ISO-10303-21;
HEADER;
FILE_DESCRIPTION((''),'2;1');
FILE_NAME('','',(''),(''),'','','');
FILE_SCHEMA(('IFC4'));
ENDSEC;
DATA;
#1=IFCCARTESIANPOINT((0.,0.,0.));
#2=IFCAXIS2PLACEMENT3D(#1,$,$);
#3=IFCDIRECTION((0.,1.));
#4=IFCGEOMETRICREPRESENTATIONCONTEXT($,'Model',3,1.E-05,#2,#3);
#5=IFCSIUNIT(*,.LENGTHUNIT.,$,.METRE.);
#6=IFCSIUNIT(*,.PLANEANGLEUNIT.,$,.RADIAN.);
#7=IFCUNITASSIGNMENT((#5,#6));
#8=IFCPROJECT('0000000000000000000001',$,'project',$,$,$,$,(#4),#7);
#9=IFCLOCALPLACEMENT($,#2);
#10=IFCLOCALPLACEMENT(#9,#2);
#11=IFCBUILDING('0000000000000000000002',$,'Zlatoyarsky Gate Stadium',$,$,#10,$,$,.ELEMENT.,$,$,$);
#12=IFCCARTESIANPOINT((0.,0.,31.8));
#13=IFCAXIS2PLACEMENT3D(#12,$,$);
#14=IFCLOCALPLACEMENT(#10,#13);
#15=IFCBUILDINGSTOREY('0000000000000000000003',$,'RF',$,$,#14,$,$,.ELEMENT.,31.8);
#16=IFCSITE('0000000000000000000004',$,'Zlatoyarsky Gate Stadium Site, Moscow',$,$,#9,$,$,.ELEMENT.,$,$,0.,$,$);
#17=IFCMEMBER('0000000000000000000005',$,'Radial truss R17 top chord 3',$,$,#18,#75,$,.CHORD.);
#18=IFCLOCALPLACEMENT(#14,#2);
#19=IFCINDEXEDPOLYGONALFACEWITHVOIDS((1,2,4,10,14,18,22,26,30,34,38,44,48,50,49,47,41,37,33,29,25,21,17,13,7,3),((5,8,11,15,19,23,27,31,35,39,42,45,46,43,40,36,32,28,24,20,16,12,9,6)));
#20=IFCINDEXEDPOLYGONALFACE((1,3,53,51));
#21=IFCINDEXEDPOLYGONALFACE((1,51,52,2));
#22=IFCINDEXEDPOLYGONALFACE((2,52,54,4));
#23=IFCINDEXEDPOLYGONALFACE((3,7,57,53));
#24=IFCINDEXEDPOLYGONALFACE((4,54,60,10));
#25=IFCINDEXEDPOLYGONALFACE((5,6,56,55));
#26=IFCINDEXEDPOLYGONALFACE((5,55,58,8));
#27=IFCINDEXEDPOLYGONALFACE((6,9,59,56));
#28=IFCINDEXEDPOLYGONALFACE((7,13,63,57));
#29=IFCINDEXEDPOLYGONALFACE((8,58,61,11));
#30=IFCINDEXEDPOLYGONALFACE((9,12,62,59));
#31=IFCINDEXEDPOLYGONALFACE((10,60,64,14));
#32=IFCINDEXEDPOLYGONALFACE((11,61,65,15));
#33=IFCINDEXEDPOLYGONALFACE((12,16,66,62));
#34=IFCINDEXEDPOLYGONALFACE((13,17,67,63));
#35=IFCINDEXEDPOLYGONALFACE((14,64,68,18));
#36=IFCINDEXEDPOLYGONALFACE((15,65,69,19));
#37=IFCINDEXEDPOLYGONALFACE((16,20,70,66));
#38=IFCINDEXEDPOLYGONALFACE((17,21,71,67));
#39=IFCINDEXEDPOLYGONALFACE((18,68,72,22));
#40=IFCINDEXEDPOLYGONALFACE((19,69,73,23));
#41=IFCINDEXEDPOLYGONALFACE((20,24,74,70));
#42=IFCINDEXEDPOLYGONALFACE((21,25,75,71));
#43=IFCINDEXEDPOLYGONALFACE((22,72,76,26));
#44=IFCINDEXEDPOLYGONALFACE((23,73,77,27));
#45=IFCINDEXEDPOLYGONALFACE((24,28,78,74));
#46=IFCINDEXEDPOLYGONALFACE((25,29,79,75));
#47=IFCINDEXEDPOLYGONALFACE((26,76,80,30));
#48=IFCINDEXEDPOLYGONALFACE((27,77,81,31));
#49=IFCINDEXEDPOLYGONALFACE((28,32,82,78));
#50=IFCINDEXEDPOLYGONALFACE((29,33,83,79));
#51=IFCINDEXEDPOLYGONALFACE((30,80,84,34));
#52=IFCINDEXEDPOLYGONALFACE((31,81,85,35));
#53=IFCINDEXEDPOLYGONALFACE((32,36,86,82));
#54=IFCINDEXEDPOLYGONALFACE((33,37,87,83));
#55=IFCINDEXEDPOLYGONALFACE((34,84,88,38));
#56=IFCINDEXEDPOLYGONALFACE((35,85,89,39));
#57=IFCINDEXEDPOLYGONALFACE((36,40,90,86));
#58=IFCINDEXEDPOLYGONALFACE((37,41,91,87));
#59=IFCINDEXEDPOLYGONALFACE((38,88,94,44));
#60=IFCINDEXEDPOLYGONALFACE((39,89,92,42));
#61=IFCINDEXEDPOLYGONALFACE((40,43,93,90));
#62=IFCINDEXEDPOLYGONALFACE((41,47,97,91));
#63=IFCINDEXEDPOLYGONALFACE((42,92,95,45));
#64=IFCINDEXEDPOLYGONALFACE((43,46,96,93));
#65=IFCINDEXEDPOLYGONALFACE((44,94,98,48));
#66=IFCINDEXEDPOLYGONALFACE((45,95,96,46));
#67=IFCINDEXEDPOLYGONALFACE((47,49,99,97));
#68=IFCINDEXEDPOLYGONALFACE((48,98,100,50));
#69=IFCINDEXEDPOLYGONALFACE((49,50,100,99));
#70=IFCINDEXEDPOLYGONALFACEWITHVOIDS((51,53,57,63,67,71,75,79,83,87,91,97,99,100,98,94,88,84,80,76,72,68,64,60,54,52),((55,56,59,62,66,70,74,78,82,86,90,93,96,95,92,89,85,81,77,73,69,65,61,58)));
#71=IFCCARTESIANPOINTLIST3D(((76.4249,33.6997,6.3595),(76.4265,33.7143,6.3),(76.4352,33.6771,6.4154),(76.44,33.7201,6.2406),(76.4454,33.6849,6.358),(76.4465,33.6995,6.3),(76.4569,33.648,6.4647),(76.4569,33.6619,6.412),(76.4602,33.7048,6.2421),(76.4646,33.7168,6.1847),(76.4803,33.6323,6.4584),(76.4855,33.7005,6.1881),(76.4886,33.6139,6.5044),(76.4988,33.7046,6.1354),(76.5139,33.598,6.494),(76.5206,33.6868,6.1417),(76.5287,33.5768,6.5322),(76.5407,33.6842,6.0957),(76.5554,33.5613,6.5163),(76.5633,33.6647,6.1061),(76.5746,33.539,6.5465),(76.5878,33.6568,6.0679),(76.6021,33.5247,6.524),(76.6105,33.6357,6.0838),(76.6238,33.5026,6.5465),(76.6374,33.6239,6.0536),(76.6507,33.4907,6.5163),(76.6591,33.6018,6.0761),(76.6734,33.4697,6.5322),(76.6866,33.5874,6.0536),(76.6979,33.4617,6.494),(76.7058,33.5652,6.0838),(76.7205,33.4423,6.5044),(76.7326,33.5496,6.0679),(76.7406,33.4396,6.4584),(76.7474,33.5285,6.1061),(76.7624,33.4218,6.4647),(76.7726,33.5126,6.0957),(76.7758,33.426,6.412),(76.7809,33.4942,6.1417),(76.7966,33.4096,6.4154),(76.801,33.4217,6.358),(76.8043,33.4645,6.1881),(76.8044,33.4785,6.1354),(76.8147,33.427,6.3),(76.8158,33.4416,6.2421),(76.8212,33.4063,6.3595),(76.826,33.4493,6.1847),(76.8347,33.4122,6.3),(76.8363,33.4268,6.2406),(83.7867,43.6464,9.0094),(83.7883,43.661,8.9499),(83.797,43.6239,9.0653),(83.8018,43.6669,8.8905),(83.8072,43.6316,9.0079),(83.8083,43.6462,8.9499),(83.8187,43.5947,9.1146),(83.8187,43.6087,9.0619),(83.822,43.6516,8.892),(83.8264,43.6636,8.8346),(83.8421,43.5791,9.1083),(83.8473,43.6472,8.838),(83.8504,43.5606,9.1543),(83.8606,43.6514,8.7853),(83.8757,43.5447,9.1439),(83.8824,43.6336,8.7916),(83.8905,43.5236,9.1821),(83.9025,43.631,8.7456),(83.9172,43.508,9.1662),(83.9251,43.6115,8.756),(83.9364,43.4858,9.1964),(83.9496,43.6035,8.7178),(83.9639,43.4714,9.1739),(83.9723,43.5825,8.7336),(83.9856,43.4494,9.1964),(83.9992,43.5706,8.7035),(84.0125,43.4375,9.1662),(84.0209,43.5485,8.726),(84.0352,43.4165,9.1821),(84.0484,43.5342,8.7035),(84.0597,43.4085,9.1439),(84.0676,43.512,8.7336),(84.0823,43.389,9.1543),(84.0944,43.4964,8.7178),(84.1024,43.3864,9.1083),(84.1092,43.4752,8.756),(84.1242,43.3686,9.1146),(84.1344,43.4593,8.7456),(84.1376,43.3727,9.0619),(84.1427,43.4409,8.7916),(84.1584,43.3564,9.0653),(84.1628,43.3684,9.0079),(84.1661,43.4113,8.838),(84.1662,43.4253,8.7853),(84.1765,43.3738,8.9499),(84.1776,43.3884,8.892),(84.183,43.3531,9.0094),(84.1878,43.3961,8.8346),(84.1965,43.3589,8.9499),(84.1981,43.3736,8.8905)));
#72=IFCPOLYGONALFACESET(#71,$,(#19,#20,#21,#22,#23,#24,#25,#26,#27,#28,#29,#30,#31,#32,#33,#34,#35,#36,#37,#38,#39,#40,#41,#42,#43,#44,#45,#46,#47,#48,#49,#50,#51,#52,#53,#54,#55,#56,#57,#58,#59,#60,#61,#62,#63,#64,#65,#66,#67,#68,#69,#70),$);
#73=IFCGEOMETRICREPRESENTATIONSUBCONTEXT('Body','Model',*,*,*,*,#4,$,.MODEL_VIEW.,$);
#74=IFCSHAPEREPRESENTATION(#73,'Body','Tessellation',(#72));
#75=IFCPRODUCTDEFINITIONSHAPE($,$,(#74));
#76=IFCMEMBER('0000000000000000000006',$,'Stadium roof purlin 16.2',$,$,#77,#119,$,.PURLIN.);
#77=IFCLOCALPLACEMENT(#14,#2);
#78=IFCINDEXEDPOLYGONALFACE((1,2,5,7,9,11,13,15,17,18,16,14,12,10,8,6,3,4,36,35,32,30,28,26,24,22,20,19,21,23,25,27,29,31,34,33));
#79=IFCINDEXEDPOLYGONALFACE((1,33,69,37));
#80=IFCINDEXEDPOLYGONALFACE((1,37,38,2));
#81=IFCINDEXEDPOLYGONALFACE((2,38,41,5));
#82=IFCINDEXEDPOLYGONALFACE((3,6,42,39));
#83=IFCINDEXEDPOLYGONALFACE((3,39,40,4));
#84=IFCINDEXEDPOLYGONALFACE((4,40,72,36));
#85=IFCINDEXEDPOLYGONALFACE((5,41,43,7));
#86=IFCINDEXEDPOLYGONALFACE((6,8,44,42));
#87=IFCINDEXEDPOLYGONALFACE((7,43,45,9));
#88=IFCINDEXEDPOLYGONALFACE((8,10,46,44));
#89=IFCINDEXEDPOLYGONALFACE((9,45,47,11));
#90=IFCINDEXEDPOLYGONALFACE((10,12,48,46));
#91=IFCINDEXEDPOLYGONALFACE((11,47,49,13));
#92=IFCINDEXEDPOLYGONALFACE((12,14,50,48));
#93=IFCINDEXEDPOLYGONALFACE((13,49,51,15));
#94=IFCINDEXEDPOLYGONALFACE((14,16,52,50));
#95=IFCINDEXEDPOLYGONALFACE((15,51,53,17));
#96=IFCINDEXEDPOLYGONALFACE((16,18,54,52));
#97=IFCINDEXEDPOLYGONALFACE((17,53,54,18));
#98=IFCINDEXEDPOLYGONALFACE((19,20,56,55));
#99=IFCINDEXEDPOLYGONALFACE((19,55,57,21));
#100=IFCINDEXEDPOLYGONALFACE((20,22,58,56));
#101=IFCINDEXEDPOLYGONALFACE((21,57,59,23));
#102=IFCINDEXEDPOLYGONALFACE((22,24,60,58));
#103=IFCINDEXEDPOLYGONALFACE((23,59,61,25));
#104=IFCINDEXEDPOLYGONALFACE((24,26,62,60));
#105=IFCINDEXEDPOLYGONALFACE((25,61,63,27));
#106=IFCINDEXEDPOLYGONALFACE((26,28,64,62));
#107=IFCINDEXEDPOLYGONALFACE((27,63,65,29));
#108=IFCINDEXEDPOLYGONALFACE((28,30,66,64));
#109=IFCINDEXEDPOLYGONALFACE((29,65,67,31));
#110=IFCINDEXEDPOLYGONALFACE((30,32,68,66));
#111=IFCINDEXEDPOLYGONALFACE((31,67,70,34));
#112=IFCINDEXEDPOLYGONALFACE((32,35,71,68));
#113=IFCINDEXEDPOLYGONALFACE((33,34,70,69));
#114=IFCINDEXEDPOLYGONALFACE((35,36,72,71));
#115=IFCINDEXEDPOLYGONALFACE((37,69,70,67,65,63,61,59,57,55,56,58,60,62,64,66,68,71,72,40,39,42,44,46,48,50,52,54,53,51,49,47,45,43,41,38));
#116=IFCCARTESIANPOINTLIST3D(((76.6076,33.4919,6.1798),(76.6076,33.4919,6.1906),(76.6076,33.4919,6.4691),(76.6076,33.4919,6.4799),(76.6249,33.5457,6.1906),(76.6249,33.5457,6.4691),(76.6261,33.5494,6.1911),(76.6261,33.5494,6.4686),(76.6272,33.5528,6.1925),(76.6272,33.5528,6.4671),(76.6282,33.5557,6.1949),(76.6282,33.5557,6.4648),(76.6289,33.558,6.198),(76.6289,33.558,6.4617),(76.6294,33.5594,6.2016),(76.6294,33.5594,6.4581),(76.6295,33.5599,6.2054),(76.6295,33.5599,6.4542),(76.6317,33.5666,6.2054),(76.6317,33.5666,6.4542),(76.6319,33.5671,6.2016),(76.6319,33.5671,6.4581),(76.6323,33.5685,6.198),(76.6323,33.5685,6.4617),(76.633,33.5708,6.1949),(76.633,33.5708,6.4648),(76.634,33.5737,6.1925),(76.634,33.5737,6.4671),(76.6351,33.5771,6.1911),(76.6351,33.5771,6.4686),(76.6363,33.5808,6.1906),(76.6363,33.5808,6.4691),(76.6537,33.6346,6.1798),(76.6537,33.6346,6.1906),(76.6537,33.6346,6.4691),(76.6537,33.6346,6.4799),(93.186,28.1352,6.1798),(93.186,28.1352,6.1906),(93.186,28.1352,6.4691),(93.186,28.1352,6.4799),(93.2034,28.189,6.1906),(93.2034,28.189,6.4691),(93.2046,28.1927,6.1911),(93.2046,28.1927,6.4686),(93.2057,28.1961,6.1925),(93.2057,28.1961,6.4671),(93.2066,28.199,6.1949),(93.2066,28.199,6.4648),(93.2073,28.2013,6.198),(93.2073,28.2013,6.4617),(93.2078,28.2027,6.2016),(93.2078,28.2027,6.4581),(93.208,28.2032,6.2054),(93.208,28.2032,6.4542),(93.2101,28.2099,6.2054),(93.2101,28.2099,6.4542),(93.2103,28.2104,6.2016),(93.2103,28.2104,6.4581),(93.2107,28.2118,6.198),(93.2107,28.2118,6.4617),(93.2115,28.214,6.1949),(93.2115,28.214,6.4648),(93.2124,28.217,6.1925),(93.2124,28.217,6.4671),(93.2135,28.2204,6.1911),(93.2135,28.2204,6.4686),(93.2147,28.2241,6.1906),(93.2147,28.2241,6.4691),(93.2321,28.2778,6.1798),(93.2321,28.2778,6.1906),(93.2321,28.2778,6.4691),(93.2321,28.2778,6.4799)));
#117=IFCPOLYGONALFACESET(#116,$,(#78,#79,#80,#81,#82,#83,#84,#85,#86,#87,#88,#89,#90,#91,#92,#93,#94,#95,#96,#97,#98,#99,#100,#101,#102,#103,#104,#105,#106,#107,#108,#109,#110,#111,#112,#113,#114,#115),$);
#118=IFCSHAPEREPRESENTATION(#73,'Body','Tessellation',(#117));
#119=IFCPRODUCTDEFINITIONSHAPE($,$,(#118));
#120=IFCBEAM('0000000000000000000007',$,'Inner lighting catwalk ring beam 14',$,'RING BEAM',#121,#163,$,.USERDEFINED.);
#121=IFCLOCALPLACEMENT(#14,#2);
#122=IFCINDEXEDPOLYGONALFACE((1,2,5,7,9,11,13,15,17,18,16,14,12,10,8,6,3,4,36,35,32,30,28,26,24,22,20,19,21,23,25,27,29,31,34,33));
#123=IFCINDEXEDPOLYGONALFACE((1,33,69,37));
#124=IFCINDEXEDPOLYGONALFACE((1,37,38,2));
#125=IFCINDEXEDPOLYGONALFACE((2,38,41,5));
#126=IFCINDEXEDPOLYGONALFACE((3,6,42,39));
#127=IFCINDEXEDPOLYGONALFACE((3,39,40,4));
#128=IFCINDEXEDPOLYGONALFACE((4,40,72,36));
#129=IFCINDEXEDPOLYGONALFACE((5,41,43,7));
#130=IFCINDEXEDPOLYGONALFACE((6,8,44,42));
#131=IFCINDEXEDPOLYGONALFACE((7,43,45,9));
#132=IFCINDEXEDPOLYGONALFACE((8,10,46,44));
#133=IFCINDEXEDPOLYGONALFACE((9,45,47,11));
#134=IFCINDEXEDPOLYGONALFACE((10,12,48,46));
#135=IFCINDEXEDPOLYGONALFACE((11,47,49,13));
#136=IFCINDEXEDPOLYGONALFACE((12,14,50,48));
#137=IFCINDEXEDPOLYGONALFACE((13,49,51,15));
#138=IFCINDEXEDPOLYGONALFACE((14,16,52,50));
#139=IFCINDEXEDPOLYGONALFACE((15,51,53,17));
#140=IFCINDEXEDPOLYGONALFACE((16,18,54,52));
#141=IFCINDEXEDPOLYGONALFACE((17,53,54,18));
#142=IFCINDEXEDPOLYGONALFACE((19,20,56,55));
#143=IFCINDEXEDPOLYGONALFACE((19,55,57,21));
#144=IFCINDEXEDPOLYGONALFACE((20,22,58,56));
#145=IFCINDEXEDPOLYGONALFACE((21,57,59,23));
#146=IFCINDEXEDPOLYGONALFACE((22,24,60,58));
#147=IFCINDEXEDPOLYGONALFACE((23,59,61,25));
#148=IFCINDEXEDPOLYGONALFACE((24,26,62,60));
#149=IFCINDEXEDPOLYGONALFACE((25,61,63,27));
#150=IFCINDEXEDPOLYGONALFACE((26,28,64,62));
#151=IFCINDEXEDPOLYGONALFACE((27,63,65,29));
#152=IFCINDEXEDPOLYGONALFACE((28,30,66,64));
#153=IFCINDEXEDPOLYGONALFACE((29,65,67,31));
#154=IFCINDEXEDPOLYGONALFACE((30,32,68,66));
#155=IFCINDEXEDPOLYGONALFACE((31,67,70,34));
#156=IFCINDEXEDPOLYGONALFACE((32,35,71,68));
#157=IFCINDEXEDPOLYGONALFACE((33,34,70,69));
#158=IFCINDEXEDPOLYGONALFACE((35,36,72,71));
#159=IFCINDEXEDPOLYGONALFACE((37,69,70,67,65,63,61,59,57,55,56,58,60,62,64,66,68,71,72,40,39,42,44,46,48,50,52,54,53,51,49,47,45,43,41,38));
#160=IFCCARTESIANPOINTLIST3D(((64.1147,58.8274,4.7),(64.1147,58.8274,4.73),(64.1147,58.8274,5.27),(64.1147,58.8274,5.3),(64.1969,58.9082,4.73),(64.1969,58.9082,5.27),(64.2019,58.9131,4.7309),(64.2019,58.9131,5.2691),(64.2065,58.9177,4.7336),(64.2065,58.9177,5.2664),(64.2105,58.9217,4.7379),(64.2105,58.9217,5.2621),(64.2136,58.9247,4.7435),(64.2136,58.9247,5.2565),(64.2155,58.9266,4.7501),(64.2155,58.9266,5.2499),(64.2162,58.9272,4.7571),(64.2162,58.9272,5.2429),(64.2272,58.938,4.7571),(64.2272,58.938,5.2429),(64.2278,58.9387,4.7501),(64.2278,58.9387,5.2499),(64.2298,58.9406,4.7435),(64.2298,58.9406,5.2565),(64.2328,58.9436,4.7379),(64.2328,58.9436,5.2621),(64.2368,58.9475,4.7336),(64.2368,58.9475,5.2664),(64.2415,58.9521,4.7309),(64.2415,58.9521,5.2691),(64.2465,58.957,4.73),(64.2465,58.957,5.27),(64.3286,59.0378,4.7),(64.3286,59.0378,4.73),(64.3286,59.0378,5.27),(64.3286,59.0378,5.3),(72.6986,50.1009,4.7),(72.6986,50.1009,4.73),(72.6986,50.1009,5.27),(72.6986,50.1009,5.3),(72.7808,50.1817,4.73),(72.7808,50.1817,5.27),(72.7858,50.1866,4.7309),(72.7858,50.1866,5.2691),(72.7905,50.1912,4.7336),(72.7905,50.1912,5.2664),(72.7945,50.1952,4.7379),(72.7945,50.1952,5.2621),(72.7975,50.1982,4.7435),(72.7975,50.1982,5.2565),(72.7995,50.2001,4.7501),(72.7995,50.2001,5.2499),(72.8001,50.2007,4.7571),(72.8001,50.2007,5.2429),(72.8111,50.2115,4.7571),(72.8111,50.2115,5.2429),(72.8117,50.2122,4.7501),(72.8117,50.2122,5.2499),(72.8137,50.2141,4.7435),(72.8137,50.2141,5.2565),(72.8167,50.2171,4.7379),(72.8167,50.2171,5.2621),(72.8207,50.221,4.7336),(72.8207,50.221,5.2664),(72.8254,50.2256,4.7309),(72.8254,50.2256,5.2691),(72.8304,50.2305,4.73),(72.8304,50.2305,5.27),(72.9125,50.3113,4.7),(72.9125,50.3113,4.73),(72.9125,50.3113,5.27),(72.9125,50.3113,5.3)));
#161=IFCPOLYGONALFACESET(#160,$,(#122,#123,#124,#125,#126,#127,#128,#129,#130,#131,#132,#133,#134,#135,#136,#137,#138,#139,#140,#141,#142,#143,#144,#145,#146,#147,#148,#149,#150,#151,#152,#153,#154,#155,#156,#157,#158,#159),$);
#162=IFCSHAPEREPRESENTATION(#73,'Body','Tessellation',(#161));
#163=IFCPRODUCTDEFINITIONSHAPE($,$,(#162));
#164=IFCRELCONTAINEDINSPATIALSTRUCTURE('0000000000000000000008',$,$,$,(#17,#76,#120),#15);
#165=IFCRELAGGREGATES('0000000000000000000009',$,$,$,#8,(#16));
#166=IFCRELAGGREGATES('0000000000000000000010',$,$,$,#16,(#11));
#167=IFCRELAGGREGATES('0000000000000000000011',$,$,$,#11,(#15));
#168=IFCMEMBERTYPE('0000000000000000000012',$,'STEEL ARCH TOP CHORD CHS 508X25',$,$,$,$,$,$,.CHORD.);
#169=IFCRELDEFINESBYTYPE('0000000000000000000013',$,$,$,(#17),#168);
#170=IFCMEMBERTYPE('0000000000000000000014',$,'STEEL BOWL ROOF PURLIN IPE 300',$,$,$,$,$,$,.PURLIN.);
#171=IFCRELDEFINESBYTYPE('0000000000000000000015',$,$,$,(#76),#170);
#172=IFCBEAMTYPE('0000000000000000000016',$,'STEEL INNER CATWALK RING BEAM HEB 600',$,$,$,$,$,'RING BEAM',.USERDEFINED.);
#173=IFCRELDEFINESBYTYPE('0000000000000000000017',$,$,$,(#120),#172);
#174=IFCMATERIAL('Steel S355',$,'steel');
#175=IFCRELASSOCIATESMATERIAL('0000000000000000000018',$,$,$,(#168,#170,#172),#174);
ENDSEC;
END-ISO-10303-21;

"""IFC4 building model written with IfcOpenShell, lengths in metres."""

from ifc_helpers import new_model, si_unit, direction, frame, origin, origin_2d, place, context, subcontext, project, spatial, hollow_circle, i_section, extrude, material, material_profile, profile_set, type_object, element, save


model = new_model("IFC4")

# Units and contexts
model_context = context("Model", 3, precision=1e-05, world=origin(), true_north=direction((0.0, 1.0)))
body_context = subcontext(model_context, "Body", "Model", "MODEL_VIEW")
ifc_project = project(units=[si_unit("LENGTHUNIT", "METRE"), si_unit("PLANEANGLEUNIT", "RADIAN")], contexts=[model_context])

# Site, building, storey
site_placement = place(None, origin())
site = spatial("IfcSite", under=ifc_project, at=site_placement, Name="Zlatoyarsky Gate Stadium Site, Moscow", CompositionType="ELEMENT", RefElevation=0.0)
building_placement = place(site_placement, origin())
building = spatial("IfcBuilding", under=site, at=building_placement, Name="Zlatoyarsky Gate Stadium", CompositionType="ELEMENT")
storey_placement = place(building_placement, frame((0.0, 0.0, 31.8)))
storey = spatial("IfcBuildingStorey", under=building, at=storey_placement, Name="RF", CompositionType="ELEMENT", Elevation=31.8)

# Members
ifc_material = material(Name="Steel S355", Category="steel")
ifc_material_profile_1 = material_profile(ifc_material, hollow_circle(Radius=0.2539, WallThickness=0.0249, at=origin_2d()), Name="CHS 508X25")
ifc_profile_set_1 = profile_set([ifc_material_profile_1], Name="Steel S355")
member_type_1 = type_object("IfcMemberType", Name="STEEL ARCH TOP CHORD CHS 508X25", PredefinedType="CHORD", material=ifc_profile_set_1)
member_1_placement = place(storey_placement, frame((76.6306, 33.5632, 6.3), z_axis=(0.581718, 0.785977, 0.209391), x_axis=(-0.803795, 0.594906, 0.0)))
element("IfcMember", 1, at=member_1_placement, inside=storey, type_object=member_type_1, Name="Radial truss R17 top chord 3", PredefinedType="CHORD", context=body_context, shape_type="SweptSolid", body=[
    extrude(hollow_circle(Radius=0.2539, WallThickness=0.0249, at=origin_2d()), origin(), (0.0, 0.0, 1.0), 12.6553),
])
ifc_material_profile_2 = material_profile(ifc_material, i_section(OverallWidth=0.1499, OverallDepth=0.3, WebThickness=0.0071, FlangeThickness=0.0107, FilletRadius=0.0149, at=origin_2d()), Name="IPE 300")
ifc_profile_set_2 = profile_set([ifc_material_profile_2], Name="Steel S355")
member_type_2 = type_object("IfcMemberType", Name="STEEL BOWL ROOF PURLIN IPE 300", PredefinedType="PURLIN", material=ifc_profile_set_2)
member_2_placement = place(storey_placement, frame((76.6306, 33.5632, 6.3298), z_axis=(0.95156, -0.307462, 0.0), x_axis=(0.307462, 0.95156, 0.0)))
element("IfcMember", 2, at=member_2_placement, inside=storey, type_object=member_type_2, Name="Stadium roof purlin 16.2", PredefinedType="PURLIN", context=body_context, shape_type="SweptSolid", body=[
    extrude(i_section(OverallWidth=0.1499, OverallDepth=0.3, WebThickness=0.0071, FlangeThickness=0.0107, FilletRadius=0.0149, at=origin_2d()), origin(), (0.0, 0.0, 1.0), 17.4224),
])

# Beam
ifc_material_profile_3 = material_profile(ifc_material, i_section(OverallWidth=0.3, OverallDepth=0.6001, WebThickness=0.0154, FlangeThickness=0.03, FilletRadius=0.0271, at=origin_2d()), Name="HEB 600")
ifc_profile_set_3 = profile_set([ifc_material_profile_3], Name="Steel S355")
beam_type = type_object("IfcBeamType", Name="STEEL INNER CATWALK RING BEAM HEB 600", ElementType="RING BEAM", PredefinedType="USERDEFINED", material=ifc_profile_set_3)
beam_1_placement = place(storey_placement, frame((64.2217, 58.9326, 5.0), z_axis=(0.701259, -0.712907, 0.0), x_axis=(0.712907, 0.701259, 0.0)))
element("IfcBeam", 3, at=beam_1_placement, inside=storey, type_object=beam_type, Name="Inner lighting catwalk ring beam 14", ObjectType="RING BEAM", PredefinedType="USERDEFINED", context=body_context, shape_type="SweptSolid", body=[
    extrude(i_section(OverallWidth=0.3, OverallDepth=0.6001, WebThickness=0.0154, FlangeThickness=0.03, FilletRadius=0.0271, at=origin_2d()), origin(), (0.0, 0.0, 1.0), 12.2407),
])

save(model, "model.ifc")
